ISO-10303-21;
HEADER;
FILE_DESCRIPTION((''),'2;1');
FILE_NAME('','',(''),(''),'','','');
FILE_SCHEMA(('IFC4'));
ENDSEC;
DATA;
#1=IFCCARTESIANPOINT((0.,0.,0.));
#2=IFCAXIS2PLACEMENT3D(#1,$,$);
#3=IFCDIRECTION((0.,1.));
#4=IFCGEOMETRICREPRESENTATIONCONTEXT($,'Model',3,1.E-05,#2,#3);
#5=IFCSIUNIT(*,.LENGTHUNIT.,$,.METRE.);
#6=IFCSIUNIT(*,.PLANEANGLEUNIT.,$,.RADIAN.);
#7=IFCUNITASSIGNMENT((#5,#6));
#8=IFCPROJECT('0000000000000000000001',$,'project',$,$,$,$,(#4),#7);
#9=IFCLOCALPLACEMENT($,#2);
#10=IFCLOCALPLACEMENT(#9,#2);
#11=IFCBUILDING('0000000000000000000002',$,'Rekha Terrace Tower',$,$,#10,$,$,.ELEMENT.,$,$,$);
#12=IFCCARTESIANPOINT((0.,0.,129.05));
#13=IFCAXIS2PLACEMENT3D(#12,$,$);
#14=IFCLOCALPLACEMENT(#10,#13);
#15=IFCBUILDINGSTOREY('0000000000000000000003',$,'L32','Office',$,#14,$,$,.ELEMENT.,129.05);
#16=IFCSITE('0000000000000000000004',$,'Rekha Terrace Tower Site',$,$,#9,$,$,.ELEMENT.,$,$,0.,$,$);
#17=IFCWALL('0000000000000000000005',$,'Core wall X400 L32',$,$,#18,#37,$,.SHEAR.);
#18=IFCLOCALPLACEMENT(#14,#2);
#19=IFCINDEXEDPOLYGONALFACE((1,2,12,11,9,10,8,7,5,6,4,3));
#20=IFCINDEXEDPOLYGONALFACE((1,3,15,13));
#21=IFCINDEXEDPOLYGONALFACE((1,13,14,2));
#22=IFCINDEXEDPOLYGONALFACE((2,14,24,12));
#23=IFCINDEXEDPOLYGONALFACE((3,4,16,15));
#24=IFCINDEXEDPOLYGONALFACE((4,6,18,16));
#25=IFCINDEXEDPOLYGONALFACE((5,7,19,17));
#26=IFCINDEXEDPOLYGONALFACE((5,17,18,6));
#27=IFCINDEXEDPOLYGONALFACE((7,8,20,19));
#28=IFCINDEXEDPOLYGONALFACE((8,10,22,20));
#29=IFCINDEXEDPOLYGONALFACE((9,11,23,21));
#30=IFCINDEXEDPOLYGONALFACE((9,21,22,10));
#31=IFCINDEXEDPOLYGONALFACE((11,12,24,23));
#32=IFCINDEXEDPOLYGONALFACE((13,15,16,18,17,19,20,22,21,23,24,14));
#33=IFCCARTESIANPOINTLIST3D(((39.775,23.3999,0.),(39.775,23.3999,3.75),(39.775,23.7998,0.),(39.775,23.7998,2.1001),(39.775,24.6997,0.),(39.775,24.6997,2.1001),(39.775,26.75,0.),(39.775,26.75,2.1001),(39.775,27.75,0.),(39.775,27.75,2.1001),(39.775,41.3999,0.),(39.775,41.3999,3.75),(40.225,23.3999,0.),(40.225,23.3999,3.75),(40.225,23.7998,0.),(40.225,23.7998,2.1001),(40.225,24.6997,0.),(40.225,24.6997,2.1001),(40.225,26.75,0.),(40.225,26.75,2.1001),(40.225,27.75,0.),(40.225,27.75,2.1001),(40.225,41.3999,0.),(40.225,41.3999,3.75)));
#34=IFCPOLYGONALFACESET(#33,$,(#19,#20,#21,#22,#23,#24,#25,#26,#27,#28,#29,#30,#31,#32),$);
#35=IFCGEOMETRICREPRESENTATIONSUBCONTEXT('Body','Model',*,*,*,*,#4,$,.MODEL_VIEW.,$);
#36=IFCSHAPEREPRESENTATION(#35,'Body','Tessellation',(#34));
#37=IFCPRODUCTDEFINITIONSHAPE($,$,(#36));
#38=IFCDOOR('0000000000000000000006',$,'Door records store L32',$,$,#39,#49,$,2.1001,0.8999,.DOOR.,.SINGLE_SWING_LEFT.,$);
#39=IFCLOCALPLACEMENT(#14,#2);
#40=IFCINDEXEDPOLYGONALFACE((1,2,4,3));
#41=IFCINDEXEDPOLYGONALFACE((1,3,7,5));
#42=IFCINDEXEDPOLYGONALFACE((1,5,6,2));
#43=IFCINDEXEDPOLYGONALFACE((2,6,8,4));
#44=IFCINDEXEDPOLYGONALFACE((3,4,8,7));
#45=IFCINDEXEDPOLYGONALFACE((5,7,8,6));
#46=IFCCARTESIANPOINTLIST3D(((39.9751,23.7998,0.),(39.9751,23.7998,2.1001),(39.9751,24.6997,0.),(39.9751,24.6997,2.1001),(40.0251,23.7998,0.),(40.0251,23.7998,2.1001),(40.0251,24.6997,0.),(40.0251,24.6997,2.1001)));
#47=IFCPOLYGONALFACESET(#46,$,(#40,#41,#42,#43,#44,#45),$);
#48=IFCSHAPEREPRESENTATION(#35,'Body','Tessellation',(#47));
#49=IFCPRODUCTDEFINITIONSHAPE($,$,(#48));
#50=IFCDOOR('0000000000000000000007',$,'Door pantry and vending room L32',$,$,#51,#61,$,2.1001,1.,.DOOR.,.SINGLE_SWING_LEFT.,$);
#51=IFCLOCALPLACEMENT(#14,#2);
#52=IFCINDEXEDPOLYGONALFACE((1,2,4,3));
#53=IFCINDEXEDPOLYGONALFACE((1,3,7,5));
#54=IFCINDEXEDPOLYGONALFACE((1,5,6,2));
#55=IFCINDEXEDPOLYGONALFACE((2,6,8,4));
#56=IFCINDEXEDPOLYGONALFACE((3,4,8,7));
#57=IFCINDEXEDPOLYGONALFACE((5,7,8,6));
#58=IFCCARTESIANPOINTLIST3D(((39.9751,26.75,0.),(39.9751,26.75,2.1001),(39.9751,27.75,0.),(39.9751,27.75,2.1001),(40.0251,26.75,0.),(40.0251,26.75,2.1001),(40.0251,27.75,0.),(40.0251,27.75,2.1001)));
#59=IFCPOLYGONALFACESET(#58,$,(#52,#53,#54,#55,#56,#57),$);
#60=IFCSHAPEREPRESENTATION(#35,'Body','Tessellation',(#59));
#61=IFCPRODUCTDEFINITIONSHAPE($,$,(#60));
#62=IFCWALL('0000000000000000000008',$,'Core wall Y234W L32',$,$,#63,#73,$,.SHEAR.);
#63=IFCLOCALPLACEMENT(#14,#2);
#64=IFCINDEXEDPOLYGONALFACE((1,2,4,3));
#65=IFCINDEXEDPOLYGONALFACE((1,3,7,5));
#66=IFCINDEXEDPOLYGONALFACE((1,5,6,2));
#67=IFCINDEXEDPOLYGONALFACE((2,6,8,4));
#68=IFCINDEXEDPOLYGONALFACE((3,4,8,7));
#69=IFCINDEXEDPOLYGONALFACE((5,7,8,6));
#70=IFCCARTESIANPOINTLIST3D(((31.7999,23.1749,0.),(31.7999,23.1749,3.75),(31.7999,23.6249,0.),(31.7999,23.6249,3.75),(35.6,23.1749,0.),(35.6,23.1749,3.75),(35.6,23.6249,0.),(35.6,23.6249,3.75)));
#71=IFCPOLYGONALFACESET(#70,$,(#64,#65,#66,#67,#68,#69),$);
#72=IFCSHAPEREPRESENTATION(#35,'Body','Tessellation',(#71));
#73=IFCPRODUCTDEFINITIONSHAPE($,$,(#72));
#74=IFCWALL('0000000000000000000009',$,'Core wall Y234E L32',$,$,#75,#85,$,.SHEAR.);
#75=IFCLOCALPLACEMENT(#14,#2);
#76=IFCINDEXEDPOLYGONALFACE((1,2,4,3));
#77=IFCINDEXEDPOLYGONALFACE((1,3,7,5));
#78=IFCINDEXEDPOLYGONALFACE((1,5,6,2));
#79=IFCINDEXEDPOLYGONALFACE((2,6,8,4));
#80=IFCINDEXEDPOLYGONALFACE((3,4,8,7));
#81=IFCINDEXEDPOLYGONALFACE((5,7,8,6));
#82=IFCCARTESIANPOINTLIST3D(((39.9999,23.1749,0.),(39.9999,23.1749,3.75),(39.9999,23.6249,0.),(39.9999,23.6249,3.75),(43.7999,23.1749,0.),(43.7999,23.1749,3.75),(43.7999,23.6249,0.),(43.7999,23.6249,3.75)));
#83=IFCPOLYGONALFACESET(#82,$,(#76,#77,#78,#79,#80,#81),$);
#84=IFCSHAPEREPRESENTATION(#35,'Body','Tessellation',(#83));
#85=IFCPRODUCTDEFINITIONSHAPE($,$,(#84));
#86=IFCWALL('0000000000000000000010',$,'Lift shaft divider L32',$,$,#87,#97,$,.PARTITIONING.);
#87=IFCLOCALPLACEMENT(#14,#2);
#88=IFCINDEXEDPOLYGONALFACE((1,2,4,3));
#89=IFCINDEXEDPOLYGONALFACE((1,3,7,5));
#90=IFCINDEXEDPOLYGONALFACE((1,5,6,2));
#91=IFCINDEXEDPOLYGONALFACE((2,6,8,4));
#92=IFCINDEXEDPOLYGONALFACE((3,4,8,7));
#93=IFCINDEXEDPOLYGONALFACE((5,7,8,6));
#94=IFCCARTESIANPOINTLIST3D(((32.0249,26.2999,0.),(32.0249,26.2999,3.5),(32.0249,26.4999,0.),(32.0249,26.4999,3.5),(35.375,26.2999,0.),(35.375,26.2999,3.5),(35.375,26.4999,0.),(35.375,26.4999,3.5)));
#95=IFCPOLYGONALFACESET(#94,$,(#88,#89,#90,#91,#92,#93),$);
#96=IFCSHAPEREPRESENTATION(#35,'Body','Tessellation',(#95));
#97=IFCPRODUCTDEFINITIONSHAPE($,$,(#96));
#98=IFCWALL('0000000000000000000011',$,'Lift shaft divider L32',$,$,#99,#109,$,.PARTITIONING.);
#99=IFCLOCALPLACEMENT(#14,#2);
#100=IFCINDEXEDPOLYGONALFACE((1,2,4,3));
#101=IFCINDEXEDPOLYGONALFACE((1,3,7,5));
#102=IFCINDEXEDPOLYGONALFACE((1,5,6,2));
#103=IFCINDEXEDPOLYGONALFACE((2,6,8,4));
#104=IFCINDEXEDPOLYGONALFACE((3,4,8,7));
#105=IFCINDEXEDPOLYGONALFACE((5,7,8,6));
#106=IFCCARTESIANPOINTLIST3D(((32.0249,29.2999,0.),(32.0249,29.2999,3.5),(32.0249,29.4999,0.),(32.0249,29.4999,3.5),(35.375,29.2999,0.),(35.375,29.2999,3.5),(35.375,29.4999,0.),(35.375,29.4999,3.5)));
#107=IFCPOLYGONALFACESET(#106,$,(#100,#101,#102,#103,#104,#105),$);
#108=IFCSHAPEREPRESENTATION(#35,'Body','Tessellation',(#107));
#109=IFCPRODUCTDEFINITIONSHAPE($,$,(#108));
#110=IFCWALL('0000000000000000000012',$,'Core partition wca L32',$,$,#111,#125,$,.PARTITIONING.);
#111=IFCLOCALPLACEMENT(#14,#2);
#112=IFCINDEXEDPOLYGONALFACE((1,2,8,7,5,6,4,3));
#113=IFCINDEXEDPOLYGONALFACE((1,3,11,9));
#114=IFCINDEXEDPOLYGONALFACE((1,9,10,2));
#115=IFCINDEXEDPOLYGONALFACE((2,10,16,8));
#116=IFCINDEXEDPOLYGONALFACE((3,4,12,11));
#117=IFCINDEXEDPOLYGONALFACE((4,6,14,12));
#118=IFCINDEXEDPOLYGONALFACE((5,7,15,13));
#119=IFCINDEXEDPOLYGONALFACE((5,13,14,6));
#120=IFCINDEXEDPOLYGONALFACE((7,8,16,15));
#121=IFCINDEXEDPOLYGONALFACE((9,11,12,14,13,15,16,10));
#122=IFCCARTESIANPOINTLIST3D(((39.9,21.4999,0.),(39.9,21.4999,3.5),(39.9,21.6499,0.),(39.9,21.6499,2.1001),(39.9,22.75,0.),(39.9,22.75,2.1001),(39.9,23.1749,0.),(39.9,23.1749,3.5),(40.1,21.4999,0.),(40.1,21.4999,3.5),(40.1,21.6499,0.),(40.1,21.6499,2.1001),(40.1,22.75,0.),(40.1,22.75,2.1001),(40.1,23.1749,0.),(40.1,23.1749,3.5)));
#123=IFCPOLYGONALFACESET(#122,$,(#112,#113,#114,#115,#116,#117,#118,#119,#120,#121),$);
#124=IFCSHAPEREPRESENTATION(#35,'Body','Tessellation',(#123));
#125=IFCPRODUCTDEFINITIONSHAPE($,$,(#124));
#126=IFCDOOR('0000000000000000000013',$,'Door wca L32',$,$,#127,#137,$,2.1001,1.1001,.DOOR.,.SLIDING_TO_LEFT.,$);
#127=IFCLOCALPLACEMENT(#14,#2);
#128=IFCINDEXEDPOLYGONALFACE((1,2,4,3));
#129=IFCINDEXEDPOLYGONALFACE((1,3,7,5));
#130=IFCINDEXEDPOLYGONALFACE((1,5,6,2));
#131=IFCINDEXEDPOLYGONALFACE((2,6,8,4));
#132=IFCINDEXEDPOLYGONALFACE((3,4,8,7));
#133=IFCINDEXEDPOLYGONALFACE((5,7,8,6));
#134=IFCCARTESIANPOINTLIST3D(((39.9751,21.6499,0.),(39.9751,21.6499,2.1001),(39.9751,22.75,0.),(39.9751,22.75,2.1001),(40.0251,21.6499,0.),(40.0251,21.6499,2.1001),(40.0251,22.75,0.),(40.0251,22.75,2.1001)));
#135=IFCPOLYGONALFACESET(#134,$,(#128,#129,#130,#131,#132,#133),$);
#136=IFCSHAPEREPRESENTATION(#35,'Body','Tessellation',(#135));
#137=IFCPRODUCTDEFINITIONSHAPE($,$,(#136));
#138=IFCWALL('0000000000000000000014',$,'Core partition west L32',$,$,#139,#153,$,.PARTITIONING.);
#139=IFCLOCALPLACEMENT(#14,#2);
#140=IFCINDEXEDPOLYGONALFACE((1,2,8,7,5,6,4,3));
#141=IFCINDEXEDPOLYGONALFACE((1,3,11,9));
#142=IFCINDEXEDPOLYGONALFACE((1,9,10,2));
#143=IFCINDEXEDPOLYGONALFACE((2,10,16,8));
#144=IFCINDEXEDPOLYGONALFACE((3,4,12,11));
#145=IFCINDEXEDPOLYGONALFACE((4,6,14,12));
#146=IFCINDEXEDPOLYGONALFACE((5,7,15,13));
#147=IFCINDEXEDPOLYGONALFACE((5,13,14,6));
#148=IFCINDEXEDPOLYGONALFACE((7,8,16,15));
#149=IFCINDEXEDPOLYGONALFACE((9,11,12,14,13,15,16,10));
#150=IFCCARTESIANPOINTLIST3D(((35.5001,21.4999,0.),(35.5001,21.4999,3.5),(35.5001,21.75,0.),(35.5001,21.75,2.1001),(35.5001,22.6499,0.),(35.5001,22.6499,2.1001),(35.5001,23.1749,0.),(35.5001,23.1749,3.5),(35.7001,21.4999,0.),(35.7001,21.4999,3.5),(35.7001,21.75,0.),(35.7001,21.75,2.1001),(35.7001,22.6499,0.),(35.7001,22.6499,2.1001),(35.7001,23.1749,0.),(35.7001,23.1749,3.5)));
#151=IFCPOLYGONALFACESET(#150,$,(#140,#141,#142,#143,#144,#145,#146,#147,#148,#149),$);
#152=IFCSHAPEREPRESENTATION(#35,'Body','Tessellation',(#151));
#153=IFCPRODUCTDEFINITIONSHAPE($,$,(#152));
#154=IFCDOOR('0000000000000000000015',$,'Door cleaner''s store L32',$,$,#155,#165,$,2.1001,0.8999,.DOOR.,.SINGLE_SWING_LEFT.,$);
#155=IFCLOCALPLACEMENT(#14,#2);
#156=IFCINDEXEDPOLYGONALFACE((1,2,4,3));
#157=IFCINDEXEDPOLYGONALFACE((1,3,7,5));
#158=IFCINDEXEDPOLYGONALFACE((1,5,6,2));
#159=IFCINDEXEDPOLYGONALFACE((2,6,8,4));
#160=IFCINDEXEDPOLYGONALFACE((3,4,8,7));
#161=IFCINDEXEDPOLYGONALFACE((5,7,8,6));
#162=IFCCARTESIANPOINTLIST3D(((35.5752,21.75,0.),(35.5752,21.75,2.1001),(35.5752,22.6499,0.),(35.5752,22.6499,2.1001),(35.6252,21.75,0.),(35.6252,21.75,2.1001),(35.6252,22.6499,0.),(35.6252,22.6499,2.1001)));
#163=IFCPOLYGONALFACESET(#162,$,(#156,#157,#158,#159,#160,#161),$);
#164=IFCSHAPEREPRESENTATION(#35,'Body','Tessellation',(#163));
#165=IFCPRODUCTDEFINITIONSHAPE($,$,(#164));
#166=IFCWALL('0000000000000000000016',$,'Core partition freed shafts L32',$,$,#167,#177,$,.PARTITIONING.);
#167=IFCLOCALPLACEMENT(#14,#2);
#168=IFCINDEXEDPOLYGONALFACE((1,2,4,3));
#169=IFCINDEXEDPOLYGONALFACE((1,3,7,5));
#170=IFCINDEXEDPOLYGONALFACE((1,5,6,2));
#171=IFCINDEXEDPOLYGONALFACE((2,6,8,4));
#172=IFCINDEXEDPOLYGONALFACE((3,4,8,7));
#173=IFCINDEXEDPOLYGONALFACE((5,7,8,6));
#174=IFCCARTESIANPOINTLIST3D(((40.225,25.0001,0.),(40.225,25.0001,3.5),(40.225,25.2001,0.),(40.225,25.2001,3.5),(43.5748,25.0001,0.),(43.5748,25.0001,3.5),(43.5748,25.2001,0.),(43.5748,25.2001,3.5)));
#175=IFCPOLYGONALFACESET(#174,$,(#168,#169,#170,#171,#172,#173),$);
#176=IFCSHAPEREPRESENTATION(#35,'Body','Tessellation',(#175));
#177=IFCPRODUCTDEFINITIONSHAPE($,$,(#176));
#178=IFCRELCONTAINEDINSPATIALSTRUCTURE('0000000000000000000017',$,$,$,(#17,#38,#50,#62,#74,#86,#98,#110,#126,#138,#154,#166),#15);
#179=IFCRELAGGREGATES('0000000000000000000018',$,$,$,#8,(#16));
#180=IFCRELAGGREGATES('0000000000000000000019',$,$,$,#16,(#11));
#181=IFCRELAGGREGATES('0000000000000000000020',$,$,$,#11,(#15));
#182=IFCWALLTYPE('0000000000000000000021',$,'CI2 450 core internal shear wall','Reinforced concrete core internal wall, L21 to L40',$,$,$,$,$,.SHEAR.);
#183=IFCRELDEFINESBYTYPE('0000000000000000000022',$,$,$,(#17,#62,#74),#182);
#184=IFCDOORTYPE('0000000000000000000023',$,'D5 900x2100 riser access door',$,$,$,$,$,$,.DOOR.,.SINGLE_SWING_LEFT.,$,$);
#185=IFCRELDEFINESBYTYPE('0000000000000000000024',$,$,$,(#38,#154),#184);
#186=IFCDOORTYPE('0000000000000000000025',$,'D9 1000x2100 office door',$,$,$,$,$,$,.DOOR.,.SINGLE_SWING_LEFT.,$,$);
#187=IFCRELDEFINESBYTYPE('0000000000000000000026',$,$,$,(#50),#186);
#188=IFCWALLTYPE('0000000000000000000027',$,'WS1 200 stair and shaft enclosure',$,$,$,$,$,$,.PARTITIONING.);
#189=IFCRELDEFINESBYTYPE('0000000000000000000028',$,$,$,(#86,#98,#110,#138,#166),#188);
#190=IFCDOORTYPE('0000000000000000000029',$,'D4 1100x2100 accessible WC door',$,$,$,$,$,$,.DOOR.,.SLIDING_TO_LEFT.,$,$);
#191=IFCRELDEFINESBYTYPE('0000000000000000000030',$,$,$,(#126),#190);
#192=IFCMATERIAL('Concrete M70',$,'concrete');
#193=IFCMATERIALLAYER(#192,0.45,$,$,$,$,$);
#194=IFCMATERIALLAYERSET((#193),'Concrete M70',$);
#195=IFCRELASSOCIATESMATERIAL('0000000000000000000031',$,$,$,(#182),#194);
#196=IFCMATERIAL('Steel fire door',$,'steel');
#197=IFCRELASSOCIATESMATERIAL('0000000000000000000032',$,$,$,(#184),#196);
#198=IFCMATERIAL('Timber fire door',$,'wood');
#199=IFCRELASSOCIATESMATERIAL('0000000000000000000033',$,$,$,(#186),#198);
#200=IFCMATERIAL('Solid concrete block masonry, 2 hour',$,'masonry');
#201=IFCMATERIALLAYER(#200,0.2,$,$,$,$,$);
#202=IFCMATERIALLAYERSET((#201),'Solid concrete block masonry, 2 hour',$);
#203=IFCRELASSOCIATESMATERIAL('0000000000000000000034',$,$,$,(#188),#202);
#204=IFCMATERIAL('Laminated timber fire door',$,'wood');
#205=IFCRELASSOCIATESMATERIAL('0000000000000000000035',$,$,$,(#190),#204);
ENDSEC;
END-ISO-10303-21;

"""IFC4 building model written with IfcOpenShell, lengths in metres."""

from ifc_helpers import new_model, si_unit, direction, frame, frame_2d, origin, place, context, subcontext, project, spatial, rectangle, extrude, material, layer, layer_set, type_object, element, fill, save


model = new_model("IFC4")

# Units and contexts
model_context = context("Model", 3, precision=1e-05, world=origin(), true_north=direction((0.0, 1.0)))
body_context = subcontext(model_context, "Body", "Model", "MODEL_VIEW")
ifc_project = project(units=[si_unit("LENGTHUNIT", "METRE"), si_unit("PLANEANGLEUNIT", "RADIAN")], contexts=[model_context])

# Site, building, storey
site_placement = place(None, origin())
site = spatial("IfcSite", under=ifc_project, at=site_placement, Name="Rekha Terrace Tower Site", CompositionType="ELEMENT", RefElevation=0.0)
building_placement = place(site_placement, origin())
building = spatial("IfcBuilding", under=site, at=building_placement, Name="Rekha Terrace Tower", CompositionType="ELEMENT")
storey_placement = place(building_placement, frame((0.0, 0.0, 129.05)))
storey = spatial("IfcBuildingStorey", under=building, at=storey_placement, Name="L32", Description="Office", CompositionType="ELEMENT", Elevation=129.05)

# Wall, openings, doors
ifc_material_1 = material(Name="Concrete M70", Category="concrete")
ifc_layer_1 = layer(ifc_material_1, 0.45)
ifc_layer_set_1 = layer_set([ifc_layer_1], Name="Concrete M70")
wall_type_1 = type_object("IfcWallType", Name="CI2 450 core internal shear wall", Description="Reinforced concrete core internal wall, L21 to L40", PredefinedType="SHEAR", material=ifc_layer_set_1)
wall_1_placement = place(storey_placement, frame((40.0, 23.3999, 0.0), z_axis=(0.0, 0.0, 1.0), x_axis=(0.0, 1.0, 0.0)))
wall_1 = element("IfcWall", 1, at=wall_1_placement, inside=storey, type_object=wall_type_1, Name="Core wall X400 L32", PredefinedType="SHEAR", context=body_context, shape_type="SweptSolid", body=[
    extrude(rectangle(XDim=18.0, YDim=0.45, at=frame_2d((9.0, 0.0))), origin(), (0.0, 0.0, 1.0), 3.75),
])
opening_1_placement = place(wall_1_placement, frame((0.3999, 0.0, 0.0)))
opening_1 = element("IfcOpeningElement", 2, at=opening_1_placement, cuts=wall_1, PredefinedType="OPENING", context=body_context, shape_type="SweptSolid", body=[
    extrude(rectangle(XDim=0.8999, YDim=2.1001, at=frame_2d((0.45, 1.05))), frame((0.0, 0.2349, 0.0), z_axis=(0.0, -1.0, 0.0), x_axis=(1.0, 0.0, 0.0)), (0.0, 0.0, 1.0), 0.47),
])
opening_2_placement = place(wall_1_placement, frame((3.3501, 0.0, 0.0)))
opening_2 = element("IfcOpeningElement", 3, at=opening_2_placement, cuts=wall_1, PredefinedType="OPENING", context=body_context, shape_type="SweptSolid", body=[
    extrude(rectangle(XDim=1.0, YDim=2.1001, at=frame_2d((0.5, 1.05))), frame((0.0, 0.2349, 0.0), z_axis=(0.0, -1.0, 0.0), x_axis=(1.0, 0.0, 0.0)), (0.0, 0.0, 1.0), 0.47),
])
ifc_material_2 = material(Name="Steel fire door", Category="steel")
door_type_1 = type_object("IfcDoorType", Name="D5 900x2100 riser access door", OperationType="SINGLE_SWING_LEFT", PredefinedType="DOOR", material=ifc_material_2)
door_1_placement = place(opening_1_placement, origin())
door_1 = element("IfcDoor", 4, at=door_1_placement, inside=storey, type_object=door_type_1, Name="Door records store L32", OperationType="SINGLE_SWING_LEFT", OverallHeight=2.1001, OverallWidth=0.8999, PredefinedType="DOOR", context=body_context, shape_type="SweptSolid", body=[
    extrude(rectangle(XDim=0.8999, YDim=2.1001, at=frame_2d((0.45, 1.05))), frame((0.0, 0.0249, 0.0), z_axis=(0.0, -1.0, 0.0), x_axis=(1.0, 0.0, 0.0)), (0.0, 0.0, 1.0), 0.05),
])
fill(opening_1, door_1)
ifc_material_3 = material(Name="Timber fire door", Category="wood")
door_type_2 = type_object("IfcDoorType", Name="D9 1000x2100 office door", OperationType="SINGLE_SWING_LEFT", PredefinedType="DOOR", material=ifc_material_3)
door_2_placement = place(opening_2_placement, origin())
door_2 = element("IfcDoor", 5, at=door_2_placement, inside=storey, type_object=door_type_2, Name="Door pantry and vending room L32", OperationType="SINGLE_SWING_LEFT", OverallHeight=2.1001, OverallWidth=1.0, PredefinedType="DOOR", context=body_context, shape_type="SweptSolid", body=[
    extrude(rectangle(XDim=1.0, YDim=2.1001, at=frame_2d((0.5, 1.05))), frame((0.0, 0.0249, 0.0), z_axis=(0.0, -1.0, 0.0), x_axis=(1.0, 0.0, 0.0)), (0.0, 0.0, 1.0), 0.05),
])
fill(opening_2, door_2)

# Walls
for number, where, z_axis, x_axis, name in (
    (6, (31.8, 23.3999, 0.0), (0.0, 0.0, 1.0), (1.0, 0.0, 0.0), "Core wall Y234W L32"),
    (7, (40.0, 23.3999, 0.0), (0.0, 0.0, 1.0), (1.0, 0.0, 0.0), "Core wall Y234E L32"),
):
    element("IfcWall", number, at=place(storey_placement, frame(where, z_axis=z_axis, x_axis=x_axis)), inside=storey, type_object=wall_type_1, Name=name, PredefinedType="SHEAR", context=body_context, shape_type="SweptSolid", body=[
        extrude(rectangle(XDim=3.8, YDim=0.45, at=frame_2d((1.8999, 0.0))), origin(), (0.0, 0.0, 1.0), 3.75),
    ])
ifc_material_4 = material(Name="Solid concrete block masonry, 2 hour", Category="masonry")
ifc_layer_2 = layer(ifc_material_4, 0.2)
ifc_layer_set_2 = layer_set([ifc_layer_2], Name="Solid concrete block masonry, 2 hour")
wall_type_2 = type_object("IfcWallType", Name="WS1 200 stair and shaft enclosure", PredefinedType="PARTITIONING", material=ifc_layer_set_2)
for number, where, z_axis, x_axis, name in (
    (8, (32.0249, 26.3999, 0.0), (0.0, 0.0, 1.0), (1.0, 0.0, 0.0), "Lift shaft divider L32"),
    (9, (32.0249, 29.3999, 0.0), (0.0, 0.0, 1.0), (1.0, 0.0, 0.0), "Lift shaft divider L32"),
):
    element("IfcWall", number, at=place(storey_placement, frame(where, z_axis=z_axis, x_axis=x_axis)), inside=storey, type_object=wall_type_2, Name=name, PredefinedType="PARTITIONING", context=body_context, shape_type="SweptSolid", body=[
        extrude(rectangle(XDim=3.3501, YDim=0.2, at=frame_2d((1.675, 0.0))), origin(), (0.0, 0.0, 1.0), 3.5),
    ])

# Walls, openings, doors
wall_2_placement = place(storey_placement, frame((40.0, 21.5, 0.0), z_axis=(0.0, 0.0, 1.0), x_axis=(0.0, 1.0, 0.0)))
wall_2 = element("IfcWall", 10, at=wall_2_placement, inside=storey, type_object=wall_type_2, Name="Core partition wca L32", PredefinedType="PARTITIONING", context=body_context, shape_type="SweptSolid", body=[
    extrude(rectangle(XDim=1.675, YDim=0.2, at=frame_2d((0.8374, 0.0))), origin(), (0.0, 0.0, 1.0), 3.5),
])
opening_3_placement = place(wall_2_placement, frame((0.1499, 0.0, 0.0)))
opening_3 = element("IfcOpeningElement", 11, at=opening_3_placement, cuts=wall_2, PredefinedType="OPENING", context=body_context, shape_type="SweptSolid", body=[
    extrude(rectangle(XDim=1.1001, YDim=2.1001, at=frame_2d((0.55, 1.05))), frame((0.0, 0.1099, 0.0), z_axis=(0.0, -1.0, 0.0), x_axis=(1.0, 0.0, 0.0)), (0.0, 0.0, 1.0), 0.22),
])
ifc_material_5 = material(Name="Laminated timber fire door", Category="wood")
door_type_3 = type_object("IfcDoorType", Name="D4 1100x2100 accessible WC door", OperationType="SLIDING_TO_LEFT", PredefinedType="DOOR", material=ifc_material_5)
door_3_placement = place(opening_3_placement, origin())
door_3 = element("IfcDoor", 12, at=door_3_placement, inside=storey, type_object=door_type_3, Name="Door wca L32", OperationType="SLIDING_TO_LEFT", OverallHeight=2.1001, OverallWidth=1.1001, PredefinedType="DOOR", context=body_context, shape_type="SweptSolid", body=[
    extrude(rectangle(XDim=1.1001, YDim=2.1001, at=frame_2d((0.55, 1.05))), frame((0.0, 0.0249, 0.0), z_axis=(0.0, -1.0, 0.0), x_axis=(1.0, 0.0, 0.0)), (0.0, 0.0, 1.0), 0.05),
])
fill(opening_3, door_3)
wall_3_placement = place(storey_placement, frame((35.6001, 21.5, 0.0), z_axis=(0.0, 0.0, 1.0), x_axis=(0.0, 1.0, 0.0)))
wall_3 = element("IfcWall", 13, at=wall_3_placement, inside=storey, type_object=wall_type_2, Name="Core partition west L32", PredefinedType="PARTITIONING", context=body_context, shape_type="SweptSolid", body=[
    extrude(rectangle(XDim=1.675, YDim=0.2, at=frame_2d((0.8374, 0.0))), origin(), (0.0, 0.0, 1.0), 3.5),
])
opening_4_placement = place(wall_3_placement, frame((0.25, 0.0, 0.0)))
opening_4 = element("IfcOpeningElement", 14, at=opening_4_placement, cuts=wall_3, PredefinedType="OPENING", context=body_context, shape_type="SweptSolid", body=[
    extrude(rectangle(XDim=0.8999, YDim=2.1001, at=frame_2d((0.45, 1.05))), frame((0.0, 0.1099, 0.0), z_axis=(0.0, -1.0, 0.0), x_axis=(1.0, 0.0, 0.0)), (0.0, 0.0, 1.0), 0.22),
])
door_4_placement = place(opening_4_placement, origin())
door_4 = element("IfcDoor", 15, at=door_4_placement, inside=storey, type_object=door_type_1, Name="Door cleaner's store L32", OperationType="SINGLE_SWING_LEFT", OverallHeight=2.1001, OverallWidth=0.8999, PredefinedType="DOOR", context=body_context, shape_type="SweptSolid", body=[
    extrude(rectangle(XDim=0.8999, YDim=2.1001, at=frame_2d((0.45, 1.05))), frame((0.0, 0.0249, 0.0), z_axis=(0.0, -1.0, 0.0), x_axis=(1.0, 0.0, 0.0)), (0.0, 0.0, 1.0), 0.05),
])
fill(opening_4, door_4)

# Wall
wall_4_placement = place(storey_placement, frame((40.2251, 25.1001, 0.0), z_axis=(0.0, 0.0, 1.0), x_axis=(1.0, 0.0, 0.0)))
element("IfcWall", 16, at=wall_4_placement, inside=storey, type_object=wall_type_2, Name="Core partition freed shafts L32", PredefinedType="PARTITIONING", context=body_context, shape_type="SweptSolid", body=[
    extrude(rectangle(XDim=3.3499, YDim=0.2, at=frame_2d((1.6748, 0.0))), origin(), (0.0, 0.0, 1.0), 3.5),
])

save(model, "model.ifc")
